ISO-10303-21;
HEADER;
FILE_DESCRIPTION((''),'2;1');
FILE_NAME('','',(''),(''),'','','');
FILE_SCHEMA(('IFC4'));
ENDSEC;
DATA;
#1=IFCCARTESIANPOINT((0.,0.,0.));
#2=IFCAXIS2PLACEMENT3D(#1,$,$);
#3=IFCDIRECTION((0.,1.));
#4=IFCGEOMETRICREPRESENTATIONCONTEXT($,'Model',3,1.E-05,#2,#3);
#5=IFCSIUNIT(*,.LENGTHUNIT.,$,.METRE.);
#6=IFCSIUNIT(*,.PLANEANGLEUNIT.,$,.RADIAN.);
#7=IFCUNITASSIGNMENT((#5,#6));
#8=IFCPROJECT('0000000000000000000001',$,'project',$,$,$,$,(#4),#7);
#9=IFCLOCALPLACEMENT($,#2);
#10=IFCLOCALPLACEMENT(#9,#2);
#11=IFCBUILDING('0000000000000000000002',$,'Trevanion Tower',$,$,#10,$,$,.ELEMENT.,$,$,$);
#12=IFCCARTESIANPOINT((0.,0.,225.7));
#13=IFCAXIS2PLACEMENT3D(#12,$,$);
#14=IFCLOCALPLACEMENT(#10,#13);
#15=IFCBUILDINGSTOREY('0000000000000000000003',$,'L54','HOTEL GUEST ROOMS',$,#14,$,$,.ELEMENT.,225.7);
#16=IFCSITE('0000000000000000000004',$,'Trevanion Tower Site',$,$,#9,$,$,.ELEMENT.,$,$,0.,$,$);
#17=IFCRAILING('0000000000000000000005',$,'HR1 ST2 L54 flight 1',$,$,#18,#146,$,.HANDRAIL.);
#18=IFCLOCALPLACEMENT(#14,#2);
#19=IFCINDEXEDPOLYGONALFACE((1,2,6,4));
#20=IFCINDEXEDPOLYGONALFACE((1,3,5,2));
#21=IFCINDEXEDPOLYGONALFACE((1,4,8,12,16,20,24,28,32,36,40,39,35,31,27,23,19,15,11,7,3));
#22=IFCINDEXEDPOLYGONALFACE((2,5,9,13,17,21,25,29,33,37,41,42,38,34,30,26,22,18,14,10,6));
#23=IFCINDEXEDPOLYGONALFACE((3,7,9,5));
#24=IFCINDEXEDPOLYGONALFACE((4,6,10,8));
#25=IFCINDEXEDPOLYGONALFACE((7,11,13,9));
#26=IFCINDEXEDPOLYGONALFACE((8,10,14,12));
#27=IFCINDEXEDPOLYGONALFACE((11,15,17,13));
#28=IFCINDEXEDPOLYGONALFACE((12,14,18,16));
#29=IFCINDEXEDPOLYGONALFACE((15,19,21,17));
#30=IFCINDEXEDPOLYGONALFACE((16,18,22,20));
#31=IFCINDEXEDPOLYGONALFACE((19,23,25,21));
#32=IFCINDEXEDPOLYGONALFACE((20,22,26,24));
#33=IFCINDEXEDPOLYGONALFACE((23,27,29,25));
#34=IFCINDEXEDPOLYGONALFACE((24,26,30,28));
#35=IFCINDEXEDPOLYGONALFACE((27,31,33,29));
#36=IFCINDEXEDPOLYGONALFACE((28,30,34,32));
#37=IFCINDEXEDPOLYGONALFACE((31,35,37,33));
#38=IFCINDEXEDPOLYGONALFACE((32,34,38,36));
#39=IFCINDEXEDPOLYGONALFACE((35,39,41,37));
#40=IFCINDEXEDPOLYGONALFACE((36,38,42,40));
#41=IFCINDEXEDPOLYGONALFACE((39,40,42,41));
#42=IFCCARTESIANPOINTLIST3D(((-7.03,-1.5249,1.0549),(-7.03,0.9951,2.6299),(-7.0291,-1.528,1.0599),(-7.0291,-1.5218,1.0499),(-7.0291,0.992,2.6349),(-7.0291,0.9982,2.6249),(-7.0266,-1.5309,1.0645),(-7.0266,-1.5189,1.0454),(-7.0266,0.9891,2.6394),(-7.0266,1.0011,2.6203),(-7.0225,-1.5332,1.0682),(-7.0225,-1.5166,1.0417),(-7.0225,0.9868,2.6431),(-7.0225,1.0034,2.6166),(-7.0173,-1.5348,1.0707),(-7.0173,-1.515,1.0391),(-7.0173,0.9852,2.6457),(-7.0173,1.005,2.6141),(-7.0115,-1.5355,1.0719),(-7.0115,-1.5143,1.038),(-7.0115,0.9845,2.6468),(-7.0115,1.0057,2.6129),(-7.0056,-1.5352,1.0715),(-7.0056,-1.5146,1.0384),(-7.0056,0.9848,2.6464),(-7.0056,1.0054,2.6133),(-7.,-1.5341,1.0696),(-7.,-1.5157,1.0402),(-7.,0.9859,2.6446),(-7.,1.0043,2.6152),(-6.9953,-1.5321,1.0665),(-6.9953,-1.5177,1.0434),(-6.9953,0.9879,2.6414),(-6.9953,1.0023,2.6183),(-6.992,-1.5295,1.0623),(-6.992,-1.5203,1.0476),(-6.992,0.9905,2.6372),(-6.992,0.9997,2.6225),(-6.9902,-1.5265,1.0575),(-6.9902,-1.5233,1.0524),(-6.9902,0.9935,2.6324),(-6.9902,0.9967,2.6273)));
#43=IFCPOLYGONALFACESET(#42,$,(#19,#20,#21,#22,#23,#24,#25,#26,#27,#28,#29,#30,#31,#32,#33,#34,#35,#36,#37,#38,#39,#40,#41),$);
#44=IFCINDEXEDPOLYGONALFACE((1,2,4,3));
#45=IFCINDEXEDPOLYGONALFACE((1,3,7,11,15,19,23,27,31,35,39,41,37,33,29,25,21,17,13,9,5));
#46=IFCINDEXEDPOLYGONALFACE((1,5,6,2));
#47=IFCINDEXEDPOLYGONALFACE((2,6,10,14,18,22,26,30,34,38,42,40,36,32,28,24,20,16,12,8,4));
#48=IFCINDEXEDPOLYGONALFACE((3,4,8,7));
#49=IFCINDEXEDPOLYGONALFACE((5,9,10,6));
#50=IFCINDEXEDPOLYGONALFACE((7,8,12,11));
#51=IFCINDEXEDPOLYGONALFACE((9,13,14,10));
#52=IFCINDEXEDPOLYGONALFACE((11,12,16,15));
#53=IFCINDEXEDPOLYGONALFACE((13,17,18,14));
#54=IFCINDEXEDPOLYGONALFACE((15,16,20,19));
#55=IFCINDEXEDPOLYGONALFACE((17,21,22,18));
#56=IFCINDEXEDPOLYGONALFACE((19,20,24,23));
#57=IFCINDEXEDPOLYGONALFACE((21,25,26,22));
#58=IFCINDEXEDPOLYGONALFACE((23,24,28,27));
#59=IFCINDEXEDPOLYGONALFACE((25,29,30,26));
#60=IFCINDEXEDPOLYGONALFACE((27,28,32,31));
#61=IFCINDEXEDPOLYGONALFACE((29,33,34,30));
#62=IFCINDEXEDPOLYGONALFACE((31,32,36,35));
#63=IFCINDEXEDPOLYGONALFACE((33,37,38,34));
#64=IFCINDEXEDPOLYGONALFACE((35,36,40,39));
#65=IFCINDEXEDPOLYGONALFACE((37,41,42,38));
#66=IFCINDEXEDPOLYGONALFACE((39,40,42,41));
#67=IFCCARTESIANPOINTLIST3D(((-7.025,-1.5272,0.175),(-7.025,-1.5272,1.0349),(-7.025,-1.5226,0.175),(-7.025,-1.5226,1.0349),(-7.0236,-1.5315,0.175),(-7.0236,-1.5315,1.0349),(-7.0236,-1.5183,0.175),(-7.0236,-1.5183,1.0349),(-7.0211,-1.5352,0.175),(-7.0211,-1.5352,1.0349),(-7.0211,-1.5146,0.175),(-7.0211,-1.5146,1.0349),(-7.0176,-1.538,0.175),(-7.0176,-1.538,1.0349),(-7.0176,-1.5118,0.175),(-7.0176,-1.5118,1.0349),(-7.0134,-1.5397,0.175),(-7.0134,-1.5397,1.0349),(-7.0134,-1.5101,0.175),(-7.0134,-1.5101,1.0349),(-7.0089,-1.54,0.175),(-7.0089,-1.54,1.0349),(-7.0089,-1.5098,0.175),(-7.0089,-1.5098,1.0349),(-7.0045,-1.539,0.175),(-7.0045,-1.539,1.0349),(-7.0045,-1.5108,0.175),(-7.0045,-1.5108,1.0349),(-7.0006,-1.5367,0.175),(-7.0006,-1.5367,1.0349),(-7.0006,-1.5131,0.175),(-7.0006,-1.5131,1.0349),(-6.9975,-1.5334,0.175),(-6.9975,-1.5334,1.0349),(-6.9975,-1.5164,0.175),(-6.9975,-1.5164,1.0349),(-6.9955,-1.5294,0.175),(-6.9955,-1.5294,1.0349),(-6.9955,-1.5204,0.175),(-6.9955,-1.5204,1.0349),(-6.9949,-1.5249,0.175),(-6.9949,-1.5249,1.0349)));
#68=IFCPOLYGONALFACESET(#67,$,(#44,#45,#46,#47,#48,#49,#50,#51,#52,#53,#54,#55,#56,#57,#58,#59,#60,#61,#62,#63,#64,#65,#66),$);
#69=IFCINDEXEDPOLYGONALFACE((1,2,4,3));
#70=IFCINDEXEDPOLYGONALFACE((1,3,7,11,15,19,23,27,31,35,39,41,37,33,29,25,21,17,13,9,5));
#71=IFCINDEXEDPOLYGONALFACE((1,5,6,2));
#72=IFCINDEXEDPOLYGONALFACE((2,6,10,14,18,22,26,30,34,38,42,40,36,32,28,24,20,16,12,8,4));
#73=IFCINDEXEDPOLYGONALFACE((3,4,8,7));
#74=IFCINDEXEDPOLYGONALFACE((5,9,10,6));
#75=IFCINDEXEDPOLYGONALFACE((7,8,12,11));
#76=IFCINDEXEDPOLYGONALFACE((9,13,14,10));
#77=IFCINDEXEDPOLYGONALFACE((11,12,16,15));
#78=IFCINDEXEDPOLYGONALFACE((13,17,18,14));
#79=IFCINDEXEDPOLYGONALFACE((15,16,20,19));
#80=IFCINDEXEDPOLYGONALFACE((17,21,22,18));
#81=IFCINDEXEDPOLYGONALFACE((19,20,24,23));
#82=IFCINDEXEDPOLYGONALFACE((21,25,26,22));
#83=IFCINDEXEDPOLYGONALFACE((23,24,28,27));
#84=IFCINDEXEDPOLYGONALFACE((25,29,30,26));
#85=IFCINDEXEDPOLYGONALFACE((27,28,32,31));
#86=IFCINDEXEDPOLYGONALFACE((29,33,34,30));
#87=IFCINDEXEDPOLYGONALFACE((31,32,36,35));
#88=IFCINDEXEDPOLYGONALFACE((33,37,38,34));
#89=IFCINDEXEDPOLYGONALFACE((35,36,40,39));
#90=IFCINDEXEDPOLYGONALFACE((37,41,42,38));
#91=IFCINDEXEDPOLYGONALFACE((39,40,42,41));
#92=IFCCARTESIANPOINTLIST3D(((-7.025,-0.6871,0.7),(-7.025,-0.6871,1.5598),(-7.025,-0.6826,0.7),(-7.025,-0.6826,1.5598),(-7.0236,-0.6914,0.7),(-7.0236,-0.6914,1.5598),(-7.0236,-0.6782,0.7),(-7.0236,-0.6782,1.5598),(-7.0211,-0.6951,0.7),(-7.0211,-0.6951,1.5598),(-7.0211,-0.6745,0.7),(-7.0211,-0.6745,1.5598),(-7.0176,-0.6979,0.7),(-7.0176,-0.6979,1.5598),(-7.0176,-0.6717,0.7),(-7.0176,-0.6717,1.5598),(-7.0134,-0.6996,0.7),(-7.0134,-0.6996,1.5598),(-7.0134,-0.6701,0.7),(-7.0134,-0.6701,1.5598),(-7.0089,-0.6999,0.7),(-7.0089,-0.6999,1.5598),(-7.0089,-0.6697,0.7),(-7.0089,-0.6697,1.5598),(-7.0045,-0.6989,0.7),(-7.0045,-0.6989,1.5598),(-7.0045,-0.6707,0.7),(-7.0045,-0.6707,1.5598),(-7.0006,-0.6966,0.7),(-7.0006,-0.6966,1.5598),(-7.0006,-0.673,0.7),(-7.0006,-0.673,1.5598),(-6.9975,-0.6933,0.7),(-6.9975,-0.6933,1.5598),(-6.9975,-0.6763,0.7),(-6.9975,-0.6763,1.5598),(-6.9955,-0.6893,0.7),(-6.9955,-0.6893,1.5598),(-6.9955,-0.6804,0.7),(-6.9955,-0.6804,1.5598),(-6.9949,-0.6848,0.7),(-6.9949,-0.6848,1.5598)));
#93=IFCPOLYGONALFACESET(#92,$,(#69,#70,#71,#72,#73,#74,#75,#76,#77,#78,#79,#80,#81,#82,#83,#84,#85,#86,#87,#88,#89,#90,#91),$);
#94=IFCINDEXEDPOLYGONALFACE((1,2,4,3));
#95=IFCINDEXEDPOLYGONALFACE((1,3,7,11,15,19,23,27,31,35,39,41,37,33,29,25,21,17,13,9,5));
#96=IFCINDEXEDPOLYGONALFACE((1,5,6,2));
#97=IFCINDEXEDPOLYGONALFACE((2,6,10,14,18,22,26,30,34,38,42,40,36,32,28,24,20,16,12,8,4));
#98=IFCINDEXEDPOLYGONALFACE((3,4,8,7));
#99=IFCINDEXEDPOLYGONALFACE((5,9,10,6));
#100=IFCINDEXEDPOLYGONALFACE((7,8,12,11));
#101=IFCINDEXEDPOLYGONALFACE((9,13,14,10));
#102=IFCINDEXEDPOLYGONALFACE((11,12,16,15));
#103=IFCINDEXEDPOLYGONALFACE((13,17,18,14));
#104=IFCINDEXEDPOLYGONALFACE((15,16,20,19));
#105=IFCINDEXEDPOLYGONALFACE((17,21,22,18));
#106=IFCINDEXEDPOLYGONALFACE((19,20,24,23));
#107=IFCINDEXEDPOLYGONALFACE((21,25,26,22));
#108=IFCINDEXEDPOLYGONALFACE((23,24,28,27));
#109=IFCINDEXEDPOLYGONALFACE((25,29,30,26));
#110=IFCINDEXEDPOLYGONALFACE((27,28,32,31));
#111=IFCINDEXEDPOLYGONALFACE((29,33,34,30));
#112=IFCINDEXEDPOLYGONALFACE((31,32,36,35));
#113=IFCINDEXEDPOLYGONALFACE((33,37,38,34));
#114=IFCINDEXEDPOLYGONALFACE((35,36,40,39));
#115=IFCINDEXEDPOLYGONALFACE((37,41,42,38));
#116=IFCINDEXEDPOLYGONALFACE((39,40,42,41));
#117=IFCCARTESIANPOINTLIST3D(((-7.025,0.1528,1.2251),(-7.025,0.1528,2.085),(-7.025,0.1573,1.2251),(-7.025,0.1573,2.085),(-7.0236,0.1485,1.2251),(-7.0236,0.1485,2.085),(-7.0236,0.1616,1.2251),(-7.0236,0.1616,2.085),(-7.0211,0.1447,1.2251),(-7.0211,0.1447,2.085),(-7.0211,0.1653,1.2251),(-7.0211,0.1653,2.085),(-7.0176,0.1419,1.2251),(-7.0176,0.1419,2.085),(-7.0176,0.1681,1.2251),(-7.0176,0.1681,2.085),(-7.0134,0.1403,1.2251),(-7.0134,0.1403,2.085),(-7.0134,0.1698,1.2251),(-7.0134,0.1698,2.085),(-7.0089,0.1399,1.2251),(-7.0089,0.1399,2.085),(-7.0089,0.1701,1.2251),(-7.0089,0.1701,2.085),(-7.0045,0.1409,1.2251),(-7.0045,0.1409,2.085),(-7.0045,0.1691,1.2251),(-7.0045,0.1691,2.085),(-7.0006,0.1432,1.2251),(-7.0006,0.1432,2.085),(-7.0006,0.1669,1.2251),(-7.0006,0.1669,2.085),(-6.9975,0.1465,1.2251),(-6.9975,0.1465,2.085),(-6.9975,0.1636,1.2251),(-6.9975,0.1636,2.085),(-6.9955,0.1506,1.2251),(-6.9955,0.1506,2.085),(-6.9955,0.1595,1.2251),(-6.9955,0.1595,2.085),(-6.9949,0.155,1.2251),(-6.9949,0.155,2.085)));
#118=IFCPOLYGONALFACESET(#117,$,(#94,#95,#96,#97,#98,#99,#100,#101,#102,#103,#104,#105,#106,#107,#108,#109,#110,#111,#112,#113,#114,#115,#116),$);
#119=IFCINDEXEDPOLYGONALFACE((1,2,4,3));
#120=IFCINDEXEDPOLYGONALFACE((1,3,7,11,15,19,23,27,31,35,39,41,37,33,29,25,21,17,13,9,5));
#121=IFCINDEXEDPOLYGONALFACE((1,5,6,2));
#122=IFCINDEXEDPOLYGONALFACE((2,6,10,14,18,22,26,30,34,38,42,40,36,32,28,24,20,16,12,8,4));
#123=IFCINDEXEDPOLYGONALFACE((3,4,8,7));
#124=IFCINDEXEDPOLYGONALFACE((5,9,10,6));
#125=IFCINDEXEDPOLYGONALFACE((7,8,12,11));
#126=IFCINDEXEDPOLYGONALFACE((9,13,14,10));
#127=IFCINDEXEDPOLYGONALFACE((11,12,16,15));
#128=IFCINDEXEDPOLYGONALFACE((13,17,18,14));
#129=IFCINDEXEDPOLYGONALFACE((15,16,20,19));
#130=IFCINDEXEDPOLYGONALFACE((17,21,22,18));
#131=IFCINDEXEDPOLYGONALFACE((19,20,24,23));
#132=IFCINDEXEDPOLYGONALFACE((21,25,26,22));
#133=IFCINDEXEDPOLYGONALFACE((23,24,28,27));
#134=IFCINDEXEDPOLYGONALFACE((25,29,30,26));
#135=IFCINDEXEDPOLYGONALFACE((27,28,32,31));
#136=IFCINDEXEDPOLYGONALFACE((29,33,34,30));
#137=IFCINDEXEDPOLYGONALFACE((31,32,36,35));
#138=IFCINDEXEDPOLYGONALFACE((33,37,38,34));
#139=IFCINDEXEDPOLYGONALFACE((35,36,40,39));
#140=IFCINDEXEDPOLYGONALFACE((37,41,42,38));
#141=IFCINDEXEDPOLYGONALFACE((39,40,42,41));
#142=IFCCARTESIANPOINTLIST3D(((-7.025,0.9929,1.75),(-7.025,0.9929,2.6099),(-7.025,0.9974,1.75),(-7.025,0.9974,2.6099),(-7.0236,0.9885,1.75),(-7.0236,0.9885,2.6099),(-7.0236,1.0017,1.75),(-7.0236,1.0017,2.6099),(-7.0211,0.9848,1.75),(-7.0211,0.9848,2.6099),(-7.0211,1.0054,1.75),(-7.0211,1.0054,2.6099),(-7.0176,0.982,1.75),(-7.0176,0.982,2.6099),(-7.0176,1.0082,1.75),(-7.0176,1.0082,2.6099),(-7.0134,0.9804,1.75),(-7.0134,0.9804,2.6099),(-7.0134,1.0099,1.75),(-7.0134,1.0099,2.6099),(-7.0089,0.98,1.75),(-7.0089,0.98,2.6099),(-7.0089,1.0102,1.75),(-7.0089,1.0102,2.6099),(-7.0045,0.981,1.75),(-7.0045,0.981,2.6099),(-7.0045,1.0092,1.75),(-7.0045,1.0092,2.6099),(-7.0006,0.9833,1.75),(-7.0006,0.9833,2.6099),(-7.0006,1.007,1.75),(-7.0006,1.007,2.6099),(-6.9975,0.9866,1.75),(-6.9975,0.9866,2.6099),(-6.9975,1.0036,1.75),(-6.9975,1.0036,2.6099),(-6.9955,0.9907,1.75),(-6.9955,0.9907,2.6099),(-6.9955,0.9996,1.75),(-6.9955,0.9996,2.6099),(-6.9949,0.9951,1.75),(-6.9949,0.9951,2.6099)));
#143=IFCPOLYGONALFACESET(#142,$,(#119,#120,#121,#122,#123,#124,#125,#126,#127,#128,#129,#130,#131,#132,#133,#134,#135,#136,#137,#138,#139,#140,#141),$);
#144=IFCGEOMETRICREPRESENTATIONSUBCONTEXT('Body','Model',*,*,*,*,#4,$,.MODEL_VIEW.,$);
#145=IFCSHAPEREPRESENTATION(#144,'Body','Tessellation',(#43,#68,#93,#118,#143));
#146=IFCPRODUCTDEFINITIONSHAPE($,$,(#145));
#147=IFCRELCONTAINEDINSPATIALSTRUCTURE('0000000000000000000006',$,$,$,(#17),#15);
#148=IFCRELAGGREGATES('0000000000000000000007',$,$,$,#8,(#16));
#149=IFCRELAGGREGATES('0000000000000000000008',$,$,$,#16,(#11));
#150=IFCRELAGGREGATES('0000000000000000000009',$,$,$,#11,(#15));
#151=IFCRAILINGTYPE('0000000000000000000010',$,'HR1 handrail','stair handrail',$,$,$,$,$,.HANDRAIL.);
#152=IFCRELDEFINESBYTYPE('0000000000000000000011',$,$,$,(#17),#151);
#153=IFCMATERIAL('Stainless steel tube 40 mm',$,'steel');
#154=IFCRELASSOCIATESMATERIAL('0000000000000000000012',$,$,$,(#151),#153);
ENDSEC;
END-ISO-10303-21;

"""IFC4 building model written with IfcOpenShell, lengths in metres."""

from ifc_helpers import new_model, si_unit, direction, frame, origin, origin_2d, place, context, subcontext, project, spatial, circle, extrude, material, type_object, element, save


model = new_model("IFC4")

# Units and contexts
model_context = context("Model", 3, precision=1e-05, world=origin(), true_north=direction((0.0, 1.0)))
body_context = subcontext(model_context, "Body", "Model", "MODEL_VIEW")
ifc_project = project(units=[si_unit("LENGTHUNIT", "METRE"), si_unit("PLANEANGLEUNIT", "RADIAN")], contexts=[model_context])

# Site, building, storey
site_placement = place(None, origin())
site = spatial("IfcSite", under=ifc_project, at=site_placement, Name="Trevanion Tower Site", CompositionType="ELEMENT", RefElevation=0.0)
building_placement = place(site_placement, origin())
building = spatial("IfcBuilding", under=site, at=building_placement, Name="Trevanion Tower", CompositionType="ELEMENT")
storey_placement = place(building_placement, frame((0.0, 0.0, 225.7)))
storey = spatial("IfcBuildingStorey", under=building, at=storey_placement, Name="L54", Description="HOTEL GUEST ROOMS", CompositionType="ELEMENT", Elevation=225.7)

# Railing
ifc_material_1 = material(Name="Stainless steel tube 40 mm", Category="steel")
railing_type = type_object("IfcRailingType", Name="HR1 handrail", Description="stair handrail", PredefinedType="HANDRAIL", material=ifc_material_1)
for number, where, name in (
    (1, (-7.01, -1.5249, 0.175), "HR1 ST2 L54 flight 1"),
):
    element("IfcRailing", number, at=place(storey_placement, frame(where)), inside=storey, type_object=railing_type, Name=name, PredefinedType="HANDRAIL", context=body_context, shape_type="SweptSolid", body=[
        extrude(circle(Radius=0.02, at=origin_2d()), frame((0.0, 0.0, 0.8799), z_axis=(0.0, 0.848008, 0.529984), x_axis=(-1.0, 0.0, 0.0)), (0.0, 0.0, 1.0), 2.9717),
        extrude(circle(Radius=0.0151, at=origin_2d()), origin(), (0.0, 0.0, 1.0), 0.8599),
        extrude(circle(Radius=0.0151, at=origin_2d()), frame((0.0, 0.8401, 0.5249)), (0.0, 0.0, 1.0), 0.8599),
        extrude(circle(Radius=0.0151, at=origin_2d()), frame((0.0, 1.6799, 1.05)), (0.0, 0.0, 1.0), 0.8599),
        extrude(circle(Radius=0.0151, at=origin_2d()), frame((0.0, 2.52, 1.575)), (0.0, 0.0, 1.0), 0.8599),
    ])

save(model, "model.ifc")
